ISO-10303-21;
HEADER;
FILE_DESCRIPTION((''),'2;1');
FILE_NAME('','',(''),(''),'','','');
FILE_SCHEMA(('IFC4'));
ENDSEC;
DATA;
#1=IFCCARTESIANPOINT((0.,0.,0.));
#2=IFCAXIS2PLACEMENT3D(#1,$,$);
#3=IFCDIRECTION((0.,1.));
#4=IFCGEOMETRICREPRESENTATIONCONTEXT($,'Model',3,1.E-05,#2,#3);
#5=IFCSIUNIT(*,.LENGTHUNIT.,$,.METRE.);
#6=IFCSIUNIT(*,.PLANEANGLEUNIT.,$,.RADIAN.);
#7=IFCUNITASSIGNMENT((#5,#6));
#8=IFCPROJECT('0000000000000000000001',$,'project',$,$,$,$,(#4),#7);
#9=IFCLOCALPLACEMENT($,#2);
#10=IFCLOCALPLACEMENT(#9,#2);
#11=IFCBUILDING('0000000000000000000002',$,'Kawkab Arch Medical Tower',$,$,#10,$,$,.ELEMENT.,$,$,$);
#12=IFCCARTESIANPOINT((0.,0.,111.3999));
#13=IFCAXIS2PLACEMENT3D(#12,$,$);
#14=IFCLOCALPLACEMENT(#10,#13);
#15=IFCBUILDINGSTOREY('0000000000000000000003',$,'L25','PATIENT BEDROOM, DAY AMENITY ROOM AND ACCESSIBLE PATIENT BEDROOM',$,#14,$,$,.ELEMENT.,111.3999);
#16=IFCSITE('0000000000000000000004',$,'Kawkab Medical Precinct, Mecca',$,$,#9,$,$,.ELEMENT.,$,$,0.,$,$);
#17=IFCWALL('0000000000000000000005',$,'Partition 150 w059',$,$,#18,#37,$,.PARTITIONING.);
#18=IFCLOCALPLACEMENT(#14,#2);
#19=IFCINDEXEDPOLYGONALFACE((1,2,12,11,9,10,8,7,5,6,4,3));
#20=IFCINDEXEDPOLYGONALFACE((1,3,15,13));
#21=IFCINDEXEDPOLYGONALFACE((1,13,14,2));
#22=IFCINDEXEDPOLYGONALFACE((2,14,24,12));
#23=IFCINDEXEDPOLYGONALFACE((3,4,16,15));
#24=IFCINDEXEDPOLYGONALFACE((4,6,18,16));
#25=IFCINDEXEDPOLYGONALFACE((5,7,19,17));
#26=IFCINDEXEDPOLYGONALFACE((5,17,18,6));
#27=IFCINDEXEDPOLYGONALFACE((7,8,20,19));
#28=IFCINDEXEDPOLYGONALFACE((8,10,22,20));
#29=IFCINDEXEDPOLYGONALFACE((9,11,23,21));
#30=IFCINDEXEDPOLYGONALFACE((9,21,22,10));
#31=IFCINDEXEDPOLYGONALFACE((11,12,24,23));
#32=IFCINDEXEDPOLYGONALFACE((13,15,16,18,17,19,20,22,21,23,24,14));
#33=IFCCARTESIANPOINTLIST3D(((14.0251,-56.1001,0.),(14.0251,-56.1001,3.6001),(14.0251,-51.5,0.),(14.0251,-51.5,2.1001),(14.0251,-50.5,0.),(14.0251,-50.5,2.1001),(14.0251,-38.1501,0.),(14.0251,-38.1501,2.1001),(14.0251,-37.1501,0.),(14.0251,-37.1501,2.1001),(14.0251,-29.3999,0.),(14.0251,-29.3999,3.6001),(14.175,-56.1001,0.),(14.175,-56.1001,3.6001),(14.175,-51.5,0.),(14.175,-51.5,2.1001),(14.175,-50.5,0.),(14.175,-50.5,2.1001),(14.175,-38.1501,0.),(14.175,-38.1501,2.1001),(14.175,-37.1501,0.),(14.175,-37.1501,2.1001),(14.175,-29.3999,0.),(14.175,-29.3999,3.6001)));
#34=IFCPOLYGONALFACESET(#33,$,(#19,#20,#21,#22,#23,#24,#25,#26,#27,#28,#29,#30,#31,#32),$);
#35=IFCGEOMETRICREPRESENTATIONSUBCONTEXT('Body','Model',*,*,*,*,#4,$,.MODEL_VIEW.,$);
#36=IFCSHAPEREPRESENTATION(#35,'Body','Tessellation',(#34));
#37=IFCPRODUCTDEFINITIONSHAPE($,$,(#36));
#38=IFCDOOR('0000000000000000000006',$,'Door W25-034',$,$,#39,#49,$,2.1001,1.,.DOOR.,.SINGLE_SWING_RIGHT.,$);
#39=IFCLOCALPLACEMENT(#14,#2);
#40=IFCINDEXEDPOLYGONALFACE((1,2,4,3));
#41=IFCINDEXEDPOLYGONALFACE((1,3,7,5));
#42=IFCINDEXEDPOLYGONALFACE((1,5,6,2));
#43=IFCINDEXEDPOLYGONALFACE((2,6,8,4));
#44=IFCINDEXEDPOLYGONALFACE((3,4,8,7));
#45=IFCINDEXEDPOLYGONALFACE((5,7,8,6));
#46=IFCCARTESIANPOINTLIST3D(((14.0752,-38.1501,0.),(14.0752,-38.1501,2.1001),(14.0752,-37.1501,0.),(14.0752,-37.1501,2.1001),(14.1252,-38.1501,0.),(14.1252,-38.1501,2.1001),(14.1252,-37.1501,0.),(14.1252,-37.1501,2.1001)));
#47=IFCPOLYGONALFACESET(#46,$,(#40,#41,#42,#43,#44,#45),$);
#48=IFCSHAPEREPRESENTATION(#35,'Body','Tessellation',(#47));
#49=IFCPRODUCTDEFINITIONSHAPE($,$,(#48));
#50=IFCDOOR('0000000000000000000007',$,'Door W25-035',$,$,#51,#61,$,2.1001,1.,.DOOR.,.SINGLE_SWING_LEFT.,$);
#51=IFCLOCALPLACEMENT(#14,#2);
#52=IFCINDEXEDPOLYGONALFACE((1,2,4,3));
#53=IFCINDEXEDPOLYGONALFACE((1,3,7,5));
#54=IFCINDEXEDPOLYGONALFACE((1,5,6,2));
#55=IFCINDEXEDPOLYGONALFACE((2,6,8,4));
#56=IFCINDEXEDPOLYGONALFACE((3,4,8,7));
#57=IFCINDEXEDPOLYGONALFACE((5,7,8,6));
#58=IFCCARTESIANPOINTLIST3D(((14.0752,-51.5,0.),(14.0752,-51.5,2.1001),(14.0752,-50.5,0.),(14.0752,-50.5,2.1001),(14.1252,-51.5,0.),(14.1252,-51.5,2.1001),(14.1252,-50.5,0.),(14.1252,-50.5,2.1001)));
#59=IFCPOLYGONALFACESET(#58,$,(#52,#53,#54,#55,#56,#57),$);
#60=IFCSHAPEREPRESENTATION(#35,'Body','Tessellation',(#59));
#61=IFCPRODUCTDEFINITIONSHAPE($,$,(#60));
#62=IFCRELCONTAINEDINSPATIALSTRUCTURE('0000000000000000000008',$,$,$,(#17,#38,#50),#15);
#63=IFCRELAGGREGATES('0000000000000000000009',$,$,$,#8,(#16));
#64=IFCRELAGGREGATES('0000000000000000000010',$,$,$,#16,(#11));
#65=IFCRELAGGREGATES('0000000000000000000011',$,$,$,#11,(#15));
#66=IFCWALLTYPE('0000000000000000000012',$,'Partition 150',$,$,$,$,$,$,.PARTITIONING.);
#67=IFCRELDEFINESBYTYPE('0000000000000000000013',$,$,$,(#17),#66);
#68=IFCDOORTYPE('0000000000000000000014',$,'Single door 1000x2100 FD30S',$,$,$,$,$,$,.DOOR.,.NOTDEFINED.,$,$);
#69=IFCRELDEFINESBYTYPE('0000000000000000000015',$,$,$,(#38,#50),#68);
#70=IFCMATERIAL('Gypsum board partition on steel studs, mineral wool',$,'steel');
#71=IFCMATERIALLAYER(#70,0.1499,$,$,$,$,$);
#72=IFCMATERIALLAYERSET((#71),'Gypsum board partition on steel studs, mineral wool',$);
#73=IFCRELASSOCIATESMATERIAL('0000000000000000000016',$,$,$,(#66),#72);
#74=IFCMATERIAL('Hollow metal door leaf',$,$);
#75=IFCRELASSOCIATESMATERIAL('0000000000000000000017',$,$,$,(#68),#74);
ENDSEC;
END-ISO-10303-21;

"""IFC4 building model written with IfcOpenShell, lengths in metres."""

from ifc_helpers import new_model, si_unit, direction, frame, frame_2d, origin, place, context, subcontext, project, spatial, rectangle, extrude, material, layer, layer_set, type_object, element, fill, save


model = new_model("IFC4")

# Units and contexts
model_context = context("Model", 3, precision=1e-05, world=origin(), true_north=direction((0.0, 1.0)))
body_context = subcontext(model_context, "Body", "Model", "MODEL_VIEW")
ifc_project = project(units=[si_unit("LENGTHUNIT", "METRE"), si_unit("PLANEANGLEUNIT", "RADIAN")], contexts=[model_context])

# Site, building, storey
site_placement = place(None, origin())
site = spatial("IfcSite", under=ifc_project, at=site_placement, Name="Kawkab Medical Precinct, Mecca", CompositionType="ELEMENT", RefElevation=0.0)
building_placement = place(site_placement, origin())
building = spatial("IfcBuilding", under=site, at=building_placement, Name="Kawkab Arch Medical Tower", CompositionType="ELEMENT")
storey_placement = place(building_placement, frame((0.0, 0.0, 111.3999)))
storey = spatial("IfcBuildingStorey", under=building, at=storey_placement, Name="L25", Description="PATIENT BEDROOM, DAY AMENITY ROOM AND ACCESSIBLE PATIENT BEDROOM", CompositionType="ELEMENT", Elevation=111.3999)

# Shared definitions
ifc_material_1 = material(Name="Gypsum board partition on steel studs, mineral wool", Category="steel")
ifc_layer_1 = layer(ifc_material_1, 0.1499)
ifc_layer_set_1 = layer_set([ifc_layer_1], Name="Gypsum board partition on steel studs, mineral wool")
wall_type_1 = type_object("IfcWallType", Name="Partition 150", PredefinedType="PARTITIONING", material=ifc_layer_set_1)

# Wall, openings, doors
wall_1_placement = place(storey_placement, frame((14.1001, -56.1001, 0.0), z_axis=(0.0, 0.0, 1.0), x_axis=(0.0, 1.0, 0.0)))
wall_1 = element("IfcWall", 1, at=wall_1_placement, inside=storey, type_object=wall_type_1, Name="Partition 150 w059", PredefinedType="PARTITIONING", context=body_context, shape_type="SweptSolid", body=[
    extrude(rectangle(XDim=26.7002, YDim=0.1499, at=frame_2d((13.3501, 0.0))), origin(), (0.0, 0.0, 1.0), 3.6001),
])
opening_1_placement = place(wall_1_placement, frame((17.95, 0.0, 0.0)))
opening_1 = element("IfcOpeningElement", 2, at=opening_1_placement, cuts=wall_1, PredefinedType="OPENING", context=body_context, shape_type="SweptSolid", body=[
    extrude(rectangle(XDim=1.0, YDim=2.1001, at=frame_2d((0.5, 1.05))), frame((0.0, 0.085, 0.0), z_axis=(0.0, -1.0, 0.0), x_axis=(1.0, 0.0, 0.0)), (0.0, 0.0, 1.0), 0.1699),
])
opening_2_placement = place(wall_1_placement, frame((4.6001, 0.0, 0.0)))
opening_2 = element("IfcOpeningElement", 3, at=opening_2_placement, cuts=wall_1, PredefinedType="OPENING", context=body_context, shape_type="SweptSolid", body=[
    extrude(rectangle(XDim=1.0, YDim=2.1001, at=frame_2d((0.5, 1.05))), frame((0.0, 0.085, 0.0), z_axis=(0.0, -1.0, 0.0), x_axis=(1.0, 0.0, 0.0)), (0.0, 0.0, 1.0), 0.1699),
])
ifc_material_2 = material(Name="Hollow metal door leaf")
door_type_1 = type_object("IfcDoorType", Name="Single door 1000x2100 FD30S", OperationType="NOTDEFINED", PredefinedType="DOOR", material=ifc_material_2)
door_1_placement = place(opening_1_placement, origin())
door_1 = element("IfcDoor", 4, at=door_1_placement, inside=storey, type_object=door_type_1, Name="Door W25-034", OperationType="SINGLE_SWING_RIGHT", OverallHeight=2.1001, OverallWidth=1.0, PredefinedType="DOOR", context=body_context, shape_type="SweptSolid", body=[
    extrude(rectangle(XDim=1.0, YDim=2.1001, at=frame_2d((0.5, 1.05))), frame((0.0, 0.0249, 0.0), z_axis=(0.0, -1.0, 0.0), x_axis=(1.0, 0.0, 0.0)), (0.0, 0.0, 1.0), 0.05),
])
fill(opening_1, door_1)
door_2_placement = place(opening_2_placement, origin())
door_2 = element("IfcDoor", 5, at=door_2_placement, inside=storey, type_object=door_type_1, Name="Door W25-035", OperationType="SINGLE_SWING_LEFT", OverallHeight=2.1001, OverallWidth=1.0, PredefinedType="DOOR", context=body_context, shape_type="SweptSolid", body=[
    extrude(rectangle(XDim=1.0, YDim=2.1001, at=frame_2d((0.5, 1.05))), frame((0.0, 0.0249, 0.0), z_axis=(0.0, -1.0, 0.0), x_axis=(1.0, 0.0, 0.0)), (0.0, 0.0, 1.0), 0.05),
])
fill(opening_2, door_2)

save(model, "model.ifc")
